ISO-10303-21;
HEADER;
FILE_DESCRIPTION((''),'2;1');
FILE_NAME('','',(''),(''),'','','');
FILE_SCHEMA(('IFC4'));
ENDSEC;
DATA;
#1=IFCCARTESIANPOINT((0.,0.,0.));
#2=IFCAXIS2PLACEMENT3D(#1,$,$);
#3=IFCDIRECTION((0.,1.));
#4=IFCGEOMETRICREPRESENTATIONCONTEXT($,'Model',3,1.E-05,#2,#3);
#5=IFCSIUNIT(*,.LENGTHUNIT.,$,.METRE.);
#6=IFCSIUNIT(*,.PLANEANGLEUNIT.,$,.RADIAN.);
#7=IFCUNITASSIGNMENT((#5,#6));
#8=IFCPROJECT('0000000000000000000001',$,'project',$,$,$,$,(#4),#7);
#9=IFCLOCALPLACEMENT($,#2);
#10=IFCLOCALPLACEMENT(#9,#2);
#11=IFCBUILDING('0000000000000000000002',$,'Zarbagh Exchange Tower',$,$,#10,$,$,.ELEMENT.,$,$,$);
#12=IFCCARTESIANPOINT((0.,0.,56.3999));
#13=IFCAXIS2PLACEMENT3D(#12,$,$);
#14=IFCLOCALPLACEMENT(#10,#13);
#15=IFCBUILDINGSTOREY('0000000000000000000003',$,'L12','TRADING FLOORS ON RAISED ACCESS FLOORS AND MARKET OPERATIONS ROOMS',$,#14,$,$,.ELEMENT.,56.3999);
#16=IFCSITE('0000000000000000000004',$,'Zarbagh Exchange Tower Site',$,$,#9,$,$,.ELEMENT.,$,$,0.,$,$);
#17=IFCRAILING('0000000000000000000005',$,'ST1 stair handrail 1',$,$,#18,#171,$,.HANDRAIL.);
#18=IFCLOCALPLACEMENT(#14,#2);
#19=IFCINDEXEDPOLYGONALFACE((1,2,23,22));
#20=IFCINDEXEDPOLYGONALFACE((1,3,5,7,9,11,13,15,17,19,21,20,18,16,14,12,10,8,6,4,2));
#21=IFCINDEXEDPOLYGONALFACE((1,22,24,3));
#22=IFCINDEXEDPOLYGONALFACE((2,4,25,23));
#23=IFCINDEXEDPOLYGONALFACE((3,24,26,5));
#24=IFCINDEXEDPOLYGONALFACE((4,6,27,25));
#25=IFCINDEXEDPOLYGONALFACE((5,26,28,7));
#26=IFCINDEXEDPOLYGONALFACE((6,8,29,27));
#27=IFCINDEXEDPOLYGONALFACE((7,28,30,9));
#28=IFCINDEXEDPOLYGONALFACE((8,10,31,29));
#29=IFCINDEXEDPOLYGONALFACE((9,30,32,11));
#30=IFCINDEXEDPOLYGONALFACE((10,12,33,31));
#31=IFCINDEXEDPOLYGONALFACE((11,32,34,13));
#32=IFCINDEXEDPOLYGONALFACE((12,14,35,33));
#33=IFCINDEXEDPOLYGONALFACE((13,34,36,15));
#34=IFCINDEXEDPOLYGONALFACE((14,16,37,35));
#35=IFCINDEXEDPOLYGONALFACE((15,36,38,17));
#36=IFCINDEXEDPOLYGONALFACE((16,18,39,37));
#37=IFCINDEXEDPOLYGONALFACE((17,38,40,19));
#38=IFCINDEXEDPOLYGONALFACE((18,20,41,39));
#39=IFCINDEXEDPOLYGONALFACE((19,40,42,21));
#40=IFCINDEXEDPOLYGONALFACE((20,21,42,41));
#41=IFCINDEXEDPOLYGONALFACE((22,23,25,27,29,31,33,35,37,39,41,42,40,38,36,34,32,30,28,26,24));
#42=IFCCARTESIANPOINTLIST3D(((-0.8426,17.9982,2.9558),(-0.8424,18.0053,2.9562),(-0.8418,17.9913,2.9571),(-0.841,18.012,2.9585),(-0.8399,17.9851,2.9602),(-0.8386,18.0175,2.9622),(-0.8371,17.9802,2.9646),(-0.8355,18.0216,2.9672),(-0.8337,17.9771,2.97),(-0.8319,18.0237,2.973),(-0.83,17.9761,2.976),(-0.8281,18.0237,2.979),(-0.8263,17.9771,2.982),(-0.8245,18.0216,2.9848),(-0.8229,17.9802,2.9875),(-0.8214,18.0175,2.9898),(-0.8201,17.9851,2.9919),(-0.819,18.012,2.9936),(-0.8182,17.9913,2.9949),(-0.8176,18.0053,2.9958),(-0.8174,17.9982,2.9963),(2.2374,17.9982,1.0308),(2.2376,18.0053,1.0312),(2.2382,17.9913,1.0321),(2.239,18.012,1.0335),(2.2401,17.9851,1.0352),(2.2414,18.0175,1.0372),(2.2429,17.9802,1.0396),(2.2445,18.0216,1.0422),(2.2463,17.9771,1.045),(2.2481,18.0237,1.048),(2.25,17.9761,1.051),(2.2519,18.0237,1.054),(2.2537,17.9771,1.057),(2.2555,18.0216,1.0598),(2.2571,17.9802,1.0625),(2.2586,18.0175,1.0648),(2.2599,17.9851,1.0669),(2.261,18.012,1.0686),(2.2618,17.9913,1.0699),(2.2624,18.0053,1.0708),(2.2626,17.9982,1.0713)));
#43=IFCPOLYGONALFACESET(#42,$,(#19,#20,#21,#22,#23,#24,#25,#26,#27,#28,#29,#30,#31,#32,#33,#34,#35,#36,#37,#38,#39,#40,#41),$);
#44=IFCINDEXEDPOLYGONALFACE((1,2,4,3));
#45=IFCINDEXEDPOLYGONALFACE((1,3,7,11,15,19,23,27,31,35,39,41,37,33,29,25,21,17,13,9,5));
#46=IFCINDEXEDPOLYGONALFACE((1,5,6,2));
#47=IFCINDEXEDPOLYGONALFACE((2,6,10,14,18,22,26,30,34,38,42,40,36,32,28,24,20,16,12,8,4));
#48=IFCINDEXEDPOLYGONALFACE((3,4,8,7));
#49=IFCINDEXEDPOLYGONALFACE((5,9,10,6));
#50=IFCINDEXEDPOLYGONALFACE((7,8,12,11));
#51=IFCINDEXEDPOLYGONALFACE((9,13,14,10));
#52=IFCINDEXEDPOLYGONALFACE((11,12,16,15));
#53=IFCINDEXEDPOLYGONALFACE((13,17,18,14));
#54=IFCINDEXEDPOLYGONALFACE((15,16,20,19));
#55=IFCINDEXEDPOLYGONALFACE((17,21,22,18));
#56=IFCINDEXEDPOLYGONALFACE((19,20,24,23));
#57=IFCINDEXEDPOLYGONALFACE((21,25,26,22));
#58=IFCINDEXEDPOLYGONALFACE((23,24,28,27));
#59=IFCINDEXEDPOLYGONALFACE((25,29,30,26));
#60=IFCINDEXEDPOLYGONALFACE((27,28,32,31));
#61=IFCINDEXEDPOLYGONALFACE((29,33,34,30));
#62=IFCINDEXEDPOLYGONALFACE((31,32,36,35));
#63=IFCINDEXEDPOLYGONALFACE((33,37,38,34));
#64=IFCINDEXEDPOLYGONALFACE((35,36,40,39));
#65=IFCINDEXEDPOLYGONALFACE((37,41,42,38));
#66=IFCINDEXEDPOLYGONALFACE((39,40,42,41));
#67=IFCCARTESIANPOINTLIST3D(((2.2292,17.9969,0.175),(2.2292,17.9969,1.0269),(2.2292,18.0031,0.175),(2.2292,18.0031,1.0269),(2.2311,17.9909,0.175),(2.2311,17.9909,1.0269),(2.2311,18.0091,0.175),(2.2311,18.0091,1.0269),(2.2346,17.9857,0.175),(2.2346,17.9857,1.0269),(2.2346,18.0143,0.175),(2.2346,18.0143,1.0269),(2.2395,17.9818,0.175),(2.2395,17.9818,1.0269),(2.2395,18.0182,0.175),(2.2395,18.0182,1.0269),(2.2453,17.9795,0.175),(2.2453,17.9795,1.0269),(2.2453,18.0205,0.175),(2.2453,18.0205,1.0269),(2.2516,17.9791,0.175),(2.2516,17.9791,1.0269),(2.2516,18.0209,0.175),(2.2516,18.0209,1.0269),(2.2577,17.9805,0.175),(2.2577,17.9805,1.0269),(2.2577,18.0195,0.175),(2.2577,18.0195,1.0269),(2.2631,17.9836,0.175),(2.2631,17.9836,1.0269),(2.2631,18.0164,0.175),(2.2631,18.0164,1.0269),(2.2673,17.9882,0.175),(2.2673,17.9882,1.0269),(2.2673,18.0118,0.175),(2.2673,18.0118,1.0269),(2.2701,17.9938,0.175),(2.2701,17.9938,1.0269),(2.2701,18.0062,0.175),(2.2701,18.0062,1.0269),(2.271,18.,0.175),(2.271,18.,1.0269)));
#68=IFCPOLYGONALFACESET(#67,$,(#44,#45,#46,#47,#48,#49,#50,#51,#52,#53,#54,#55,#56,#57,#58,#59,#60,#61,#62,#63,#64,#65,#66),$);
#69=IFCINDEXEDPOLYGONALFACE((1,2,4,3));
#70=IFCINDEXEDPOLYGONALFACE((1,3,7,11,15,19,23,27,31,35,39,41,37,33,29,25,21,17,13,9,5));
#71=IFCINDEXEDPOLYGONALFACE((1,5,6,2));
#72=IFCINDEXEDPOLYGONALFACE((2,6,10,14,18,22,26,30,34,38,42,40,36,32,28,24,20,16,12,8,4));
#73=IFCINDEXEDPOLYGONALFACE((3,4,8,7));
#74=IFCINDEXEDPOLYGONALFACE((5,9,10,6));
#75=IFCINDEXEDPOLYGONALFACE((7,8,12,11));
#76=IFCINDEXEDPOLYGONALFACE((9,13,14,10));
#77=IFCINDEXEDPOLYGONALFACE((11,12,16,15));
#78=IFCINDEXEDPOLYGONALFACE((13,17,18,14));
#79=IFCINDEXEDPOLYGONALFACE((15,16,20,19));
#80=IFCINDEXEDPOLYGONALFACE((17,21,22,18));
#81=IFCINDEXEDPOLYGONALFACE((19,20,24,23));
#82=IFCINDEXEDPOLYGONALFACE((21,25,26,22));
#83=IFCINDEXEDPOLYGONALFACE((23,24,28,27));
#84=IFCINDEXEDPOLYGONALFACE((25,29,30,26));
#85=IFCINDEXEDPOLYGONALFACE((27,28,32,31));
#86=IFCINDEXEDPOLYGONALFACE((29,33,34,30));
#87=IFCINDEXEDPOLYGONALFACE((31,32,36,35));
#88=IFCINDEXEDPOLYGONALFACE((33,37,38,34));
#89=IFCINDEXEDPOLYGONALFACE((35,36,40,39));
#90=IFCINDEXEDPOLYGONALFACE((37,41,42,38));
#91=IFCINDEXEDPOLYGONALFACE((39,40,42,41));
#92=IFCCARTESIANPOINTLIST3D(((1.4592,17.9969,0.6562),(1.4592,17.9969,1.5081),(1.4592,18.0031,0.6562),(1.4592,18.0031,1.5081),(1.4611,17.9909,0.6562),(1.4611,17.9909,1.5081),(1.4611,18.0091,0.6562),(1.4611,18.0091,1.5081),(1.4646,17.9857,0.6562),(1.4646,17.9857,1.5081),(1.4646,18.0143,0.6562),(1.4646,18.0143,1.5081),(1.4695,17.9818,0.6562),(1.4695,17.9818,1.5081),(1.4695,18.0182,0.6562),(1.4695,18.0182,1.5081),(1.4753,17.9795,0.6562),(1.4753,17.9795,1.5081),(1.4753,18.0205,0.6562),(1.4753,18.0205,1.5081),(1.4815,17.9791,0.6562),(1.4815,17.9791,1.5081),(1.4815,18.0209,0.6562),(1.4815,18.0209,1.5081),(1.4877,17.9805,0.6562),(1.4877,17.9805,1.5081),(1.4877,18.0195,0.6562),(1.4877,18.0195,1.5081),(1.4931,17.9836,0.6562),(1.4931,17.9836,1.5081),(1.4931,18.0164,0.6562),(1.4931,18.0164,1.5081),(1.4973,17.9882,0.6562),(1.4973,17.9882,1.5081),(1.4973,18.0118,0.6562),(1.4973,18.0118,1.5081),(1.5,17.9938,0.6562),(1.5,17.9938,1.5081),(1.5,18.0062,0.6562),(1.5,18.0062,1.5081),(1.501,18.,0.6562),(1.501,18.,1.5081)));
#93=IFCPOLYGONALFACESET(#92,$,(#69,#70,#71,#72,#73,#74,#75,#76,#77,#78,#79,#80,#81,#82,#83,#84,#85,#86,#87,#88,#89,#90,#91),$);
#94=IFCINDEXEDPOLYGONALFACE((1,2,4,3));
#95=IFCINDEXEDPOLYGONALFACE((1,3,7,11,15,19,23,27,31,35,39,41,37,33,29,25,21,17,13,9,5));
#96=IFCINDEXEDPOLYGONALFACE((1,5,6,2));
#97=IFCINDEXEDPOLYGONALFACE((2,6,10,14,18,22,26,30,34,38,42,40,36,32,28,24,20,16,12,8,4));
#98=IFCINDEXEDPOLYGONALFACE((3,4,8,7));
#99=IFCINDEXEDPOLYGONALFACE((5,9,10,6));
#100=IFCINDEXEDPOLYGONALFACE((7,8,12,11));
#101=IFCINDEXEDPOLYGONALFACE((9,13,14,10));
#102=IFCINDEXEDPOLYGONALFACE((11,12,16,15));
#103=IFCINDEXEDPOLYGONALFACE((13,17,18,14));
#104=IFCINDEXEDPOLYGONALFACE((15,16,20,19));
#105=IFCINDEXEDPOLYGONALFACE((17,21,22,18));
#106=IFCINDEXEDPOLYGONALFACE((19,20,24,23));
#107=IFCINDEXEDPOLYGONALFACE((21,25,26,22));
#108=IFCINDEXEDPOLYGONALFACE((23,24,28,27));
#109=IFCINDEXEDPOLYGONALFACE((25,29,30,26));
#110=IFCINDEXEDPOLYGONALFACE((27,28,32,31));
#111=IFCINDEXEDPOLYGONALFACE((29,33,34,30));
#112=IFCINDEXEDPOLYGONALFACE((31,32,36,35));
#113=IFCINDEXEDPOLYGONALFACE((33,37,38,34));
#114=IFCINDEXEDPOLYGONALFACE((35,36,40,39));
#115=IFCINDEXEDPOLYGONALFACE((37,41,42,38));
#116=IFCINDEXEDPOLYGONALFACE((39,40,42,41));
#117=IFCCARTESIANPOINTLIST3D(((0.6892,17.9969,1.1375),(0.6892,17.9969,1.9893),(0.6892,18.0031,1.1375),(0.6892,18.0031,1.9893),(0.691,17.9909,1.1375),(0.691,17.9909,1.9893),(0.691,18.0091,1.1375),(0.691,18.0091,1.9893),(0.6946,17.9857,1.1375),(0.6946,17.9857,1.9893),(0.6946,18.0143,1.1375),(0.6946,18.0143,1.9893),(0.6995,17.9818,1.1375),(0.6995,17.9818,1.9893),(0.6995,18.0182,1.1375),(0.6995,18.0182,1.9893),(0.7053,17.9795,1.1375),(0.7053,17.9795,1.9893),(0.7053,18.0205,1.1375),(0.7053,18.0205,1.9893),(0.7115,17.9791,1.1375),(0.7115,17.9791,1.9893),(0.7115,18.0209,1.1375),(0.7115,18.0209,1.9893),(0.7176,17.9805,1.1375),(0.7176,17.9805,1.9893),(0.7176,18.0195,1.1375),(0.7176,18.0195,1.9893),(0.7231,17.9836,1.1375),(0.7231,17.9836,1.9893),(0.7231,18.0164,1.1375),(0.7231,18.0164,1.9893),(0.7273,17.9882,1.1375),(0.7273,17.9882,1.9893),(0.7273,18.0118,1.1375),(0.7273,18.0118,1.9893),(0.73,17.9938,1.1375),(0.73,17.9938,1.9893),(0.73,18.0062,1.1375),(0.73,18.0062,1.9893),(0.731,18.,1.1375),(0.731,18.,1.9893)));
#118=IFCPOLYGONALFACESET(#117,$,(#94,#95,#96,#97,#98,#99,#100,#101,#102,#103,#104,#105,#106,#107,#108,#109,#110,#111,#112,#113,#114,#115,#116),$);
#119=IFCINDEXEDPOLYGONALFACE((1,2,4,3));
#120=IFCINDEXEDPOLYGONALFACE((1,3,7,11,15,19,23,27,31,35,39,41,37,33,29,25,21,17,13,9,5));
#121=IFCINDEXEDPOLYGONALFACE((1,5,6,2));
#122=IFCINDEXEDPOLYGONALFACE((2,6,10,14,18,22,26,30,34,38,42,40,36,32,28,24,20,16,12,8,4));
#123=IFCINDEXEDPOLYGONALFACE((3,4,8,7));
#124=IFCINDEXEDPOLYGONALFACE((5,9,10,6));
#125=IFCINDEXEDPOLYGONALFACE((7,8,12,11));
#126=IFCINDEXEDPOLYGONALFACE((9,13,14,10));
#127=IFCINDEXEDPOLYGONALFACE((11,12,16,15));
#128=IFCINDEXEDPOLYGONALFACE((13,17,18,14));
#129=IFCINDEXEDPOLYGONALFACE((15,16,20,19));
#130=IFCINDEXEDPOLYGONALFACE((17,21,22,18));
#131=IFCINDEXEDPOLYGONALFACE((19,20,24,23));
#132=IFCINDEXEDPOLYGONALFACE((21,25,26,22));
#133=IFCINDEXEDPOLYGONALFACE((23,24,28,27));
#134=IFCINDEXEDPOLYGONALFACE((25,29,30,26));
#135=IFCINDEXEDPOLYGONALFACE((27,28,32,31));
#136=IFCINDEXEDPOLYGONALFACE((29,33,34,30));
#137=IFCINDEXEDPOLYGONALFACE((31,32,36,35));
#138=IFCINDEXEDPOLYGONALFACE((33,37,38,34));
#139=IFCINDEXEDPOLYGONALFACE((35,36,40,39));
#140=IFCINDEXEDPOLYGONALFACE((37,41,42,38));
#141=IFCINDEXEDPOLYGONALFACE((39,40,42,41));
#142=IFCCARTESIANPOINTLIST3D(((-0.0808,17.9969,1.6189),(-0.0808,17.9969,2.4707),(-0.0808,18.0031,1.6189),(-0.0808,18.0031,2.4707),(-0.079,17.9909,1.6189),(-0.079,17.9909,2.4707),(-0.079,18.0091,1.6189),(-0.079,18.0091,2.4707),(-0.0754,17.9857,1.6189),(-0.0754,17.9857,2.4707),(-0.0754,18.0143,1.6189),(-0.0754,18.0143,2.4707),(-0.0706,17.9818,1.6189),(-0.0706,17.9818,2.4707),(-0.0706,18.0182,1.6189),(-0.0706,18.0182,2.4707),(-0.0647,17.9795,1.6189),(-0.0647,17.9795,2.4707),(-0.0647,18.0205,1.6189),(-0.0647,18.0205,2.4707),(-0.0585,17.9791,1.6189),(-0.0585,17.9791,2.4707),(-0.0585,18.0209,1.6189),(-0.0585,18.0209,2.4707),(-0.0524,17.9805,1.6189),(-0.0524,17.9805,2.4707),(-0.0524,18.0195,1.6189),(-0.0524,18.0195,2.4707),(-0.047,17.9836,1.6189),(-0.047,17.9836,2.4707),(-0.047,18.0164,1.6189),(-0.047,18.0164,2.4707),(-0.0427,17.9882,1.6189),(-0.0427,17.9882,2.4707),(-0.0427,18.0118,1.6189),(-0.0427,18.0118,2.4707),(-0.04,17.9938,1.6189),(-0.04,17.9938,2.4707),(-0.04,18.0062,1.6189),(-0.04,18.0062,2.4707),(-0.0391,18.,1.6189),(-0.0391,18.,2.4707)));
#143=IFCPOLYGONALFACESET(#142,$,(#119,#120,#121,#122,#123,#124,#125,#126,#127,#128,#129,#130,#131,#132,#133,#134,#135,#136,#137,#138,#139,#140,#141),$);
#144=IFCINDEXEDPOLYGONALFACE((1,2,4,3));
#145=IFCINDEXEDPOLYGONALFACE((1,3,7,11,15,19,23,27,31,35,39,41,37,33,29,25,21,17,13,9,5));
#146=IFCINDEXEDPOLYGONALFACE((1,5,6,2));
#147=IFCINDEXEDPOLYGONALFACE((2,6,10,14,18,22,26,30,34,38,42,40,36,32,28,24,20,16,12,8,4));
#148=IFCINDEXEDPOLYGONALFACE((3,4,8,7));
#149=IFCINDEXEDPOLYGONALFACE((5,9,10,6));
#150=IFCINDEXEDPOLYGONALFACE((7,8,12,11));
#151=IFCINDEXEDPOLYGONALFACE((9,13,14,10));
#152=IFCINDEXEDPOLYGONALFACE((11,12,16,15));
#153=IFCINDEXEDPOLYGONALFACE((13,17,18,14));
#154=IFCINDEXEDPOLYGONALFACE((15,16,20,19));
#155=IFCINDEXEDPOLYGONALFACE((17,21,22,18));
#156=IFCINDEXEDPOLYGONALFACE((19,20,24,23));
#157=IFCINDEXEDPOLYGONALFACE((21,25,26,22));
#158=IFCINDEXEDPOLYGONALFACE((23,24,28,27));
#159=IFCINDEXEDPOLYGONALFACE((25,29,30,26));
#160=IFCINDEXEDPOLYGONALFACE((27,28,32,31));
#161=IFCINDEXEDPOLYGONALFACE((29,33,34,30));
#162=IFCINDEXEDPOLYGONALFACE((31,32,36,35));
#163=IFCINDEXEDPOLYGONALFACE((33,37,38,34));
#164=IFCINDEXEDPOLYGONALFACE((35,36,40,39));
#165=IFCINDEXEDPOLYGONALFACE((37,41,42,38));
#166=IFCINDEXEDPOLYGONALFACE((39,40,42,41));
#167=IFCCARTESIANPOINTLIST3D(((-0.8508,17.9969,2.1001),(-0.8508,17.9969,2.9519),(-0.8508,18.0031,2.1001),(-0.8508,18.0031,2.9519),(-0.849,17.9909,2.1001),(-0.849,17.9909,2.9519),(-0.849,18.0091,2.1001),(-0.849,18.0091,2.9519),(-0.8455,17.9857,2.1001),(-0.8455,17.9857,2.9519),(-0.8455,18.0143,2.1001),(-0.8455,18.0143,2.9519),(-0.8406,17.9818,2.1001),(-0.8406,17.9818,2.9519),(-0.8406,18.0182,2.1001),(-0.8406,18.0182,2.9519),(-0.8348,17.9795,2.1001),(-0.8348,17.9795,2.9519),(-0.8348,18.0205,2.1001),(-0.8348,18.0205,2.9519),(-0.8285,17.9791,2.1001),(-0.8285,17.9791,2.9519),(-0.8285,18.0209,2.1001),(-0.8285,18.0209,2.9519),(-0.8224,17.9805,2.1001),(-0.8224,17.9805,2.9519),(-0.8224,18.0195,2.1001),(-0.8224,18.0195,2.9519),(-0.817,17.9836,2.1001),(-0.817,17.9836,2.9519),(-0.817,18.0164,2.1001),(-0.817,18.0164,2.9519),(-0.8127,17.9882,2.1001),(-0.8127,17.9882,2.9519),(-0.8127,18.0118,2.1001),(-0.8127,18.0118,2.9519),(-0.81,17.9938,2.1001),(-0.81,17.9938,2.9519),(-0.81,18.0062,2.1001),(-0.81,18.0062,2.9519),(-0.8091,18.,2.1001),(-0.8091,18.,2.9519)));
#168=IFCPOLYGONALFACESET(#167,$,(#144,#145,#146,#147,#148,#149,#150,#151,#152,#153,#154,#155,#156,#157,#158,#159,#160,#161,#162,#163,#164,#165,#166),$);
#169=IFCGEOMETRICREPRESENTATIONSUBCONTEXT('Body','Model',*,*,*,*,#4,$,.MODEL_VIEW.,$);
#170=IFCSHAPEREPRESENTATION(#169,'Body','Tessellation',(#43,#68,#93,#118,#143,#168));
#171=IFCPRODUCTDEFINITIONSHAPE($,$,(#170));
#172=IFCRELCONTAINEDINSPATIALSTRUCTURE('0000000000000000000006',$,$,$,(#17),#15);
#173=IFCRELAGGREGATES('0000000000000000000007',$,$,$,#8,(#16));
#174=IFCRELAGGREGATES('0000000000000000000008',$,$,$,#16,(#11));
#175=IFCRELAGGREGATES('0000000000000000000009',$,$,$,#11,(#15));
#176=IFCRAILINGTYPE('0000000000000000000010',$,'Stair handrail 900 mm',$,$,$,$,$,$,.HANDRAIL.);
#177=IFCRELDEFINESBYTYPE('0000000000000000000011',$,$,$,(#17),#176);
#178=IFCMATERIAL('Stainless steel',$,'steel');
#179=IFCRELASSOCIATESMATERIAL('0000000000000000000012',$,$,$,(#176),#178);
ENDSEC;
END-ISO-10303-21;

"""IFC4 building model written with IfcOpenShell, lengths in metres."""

from ifc_helpers import new_model, si_unit, direction, frame, origin, origin_2d, place, context, subcontext, project, spatial, circle, extrude, material, type_object, element, save


model = new_model("IFC4")

# Units and contexts
model_context = context("Model", 3, precision=1e-05, world=origin(), true_north=direction((0.0, 1.0)))
body_context = subcontext(model_context, "Body", "Model", "MODEL_VIEW")
ifc_project = project(units=[si_unit("LENGTHUNIT", "METRE"), si_unit("PLANEANGLEUNIT", "RADIAN")], contexts=[model_context])

# Site, building, storey
site_placement = place(None, origin())
site = spatial("IfcSite", under=ifc_project, at=site_placement, Name="Zarbagh Exchange Tower Site", CompositionType="ELEMENT", RefElevation=0.0)
building_placement = place(site_placement, origin())
building = spatial("IfcBuilding", under=site, at=building_placement, Name="Zarbagh Exchange Tower", CompositionType="ELEMENT")
storey_placement = place(building_placement, frame((0.0, 0.0, 56.3999)))
storey = spatial("IfcBuildingStorey", under=building, at=storey_placement, Name="L12", Description="TRADING FLOORS ON RAISED ACCESS FLOORS AND MARKET OPERATIONS ROOMS", CompositionType="ELEMENT", Elevation=56.3999)

# Shared definitions
ifc_material_1 = material(Name="Stainless steel", Category="steel")

# Railing
railing_type_1 = type_object("IfcRailingType", Name="Stair handrail 900 mm", PredefinedType="HANDRAIL", material=ifc_material_1)
for number, where, name in (
    (1, (2.25, 18.0, 0.175), "ST1 stair handrail 1"),
):
    element("IfcRailing", number, at=place(storey_placement, frame(where)), inside=storey, type_object=railing_type_1, Name=name, PredefinedType="HANDRAIL", context=body_context, shape_type="SweptSolid", body=[
        extrude(circle(Radius=0.0239, at=origin_2d()), frame((0.0, 0.0, 0.876), z_axis=(-0.847998, 0.0, 0.529999), x_axis=(0.0, -1.0, 0.0)), (0.0, 0.0, 1.0), 3.6321),
        extrude(circle(Radius=0.021, at=origin_2d()), origin(), (0.0, 0.0, 1.0), 0.8518),
        extrude(circle(Radius=0.021, at=origin_2d()), frame((-0.77, 0.0, 0.4812)), (0.0, 0.0, 1.0), 0.8518),
        extrude(circle(Radius=0.021, at=origin_2d()), frame((-1.54, 0.0, 0.9624)), (0.0, 0.0, 1.0), 0.8518),
        extrude(circle(Radius=0.021, at=origin_2d()), frame((-2.3101, 0.0, 1.4438)), (0.0, 0.0, 1.0), 0.8518),
        extrude(circle(Radius=0.021, at=origin_2d()), frame((-3.0801, 0.0, 1.925)), (0.0, 0.0, 1.0), 0.8518),
    ])

save(model, "model.ifc")
